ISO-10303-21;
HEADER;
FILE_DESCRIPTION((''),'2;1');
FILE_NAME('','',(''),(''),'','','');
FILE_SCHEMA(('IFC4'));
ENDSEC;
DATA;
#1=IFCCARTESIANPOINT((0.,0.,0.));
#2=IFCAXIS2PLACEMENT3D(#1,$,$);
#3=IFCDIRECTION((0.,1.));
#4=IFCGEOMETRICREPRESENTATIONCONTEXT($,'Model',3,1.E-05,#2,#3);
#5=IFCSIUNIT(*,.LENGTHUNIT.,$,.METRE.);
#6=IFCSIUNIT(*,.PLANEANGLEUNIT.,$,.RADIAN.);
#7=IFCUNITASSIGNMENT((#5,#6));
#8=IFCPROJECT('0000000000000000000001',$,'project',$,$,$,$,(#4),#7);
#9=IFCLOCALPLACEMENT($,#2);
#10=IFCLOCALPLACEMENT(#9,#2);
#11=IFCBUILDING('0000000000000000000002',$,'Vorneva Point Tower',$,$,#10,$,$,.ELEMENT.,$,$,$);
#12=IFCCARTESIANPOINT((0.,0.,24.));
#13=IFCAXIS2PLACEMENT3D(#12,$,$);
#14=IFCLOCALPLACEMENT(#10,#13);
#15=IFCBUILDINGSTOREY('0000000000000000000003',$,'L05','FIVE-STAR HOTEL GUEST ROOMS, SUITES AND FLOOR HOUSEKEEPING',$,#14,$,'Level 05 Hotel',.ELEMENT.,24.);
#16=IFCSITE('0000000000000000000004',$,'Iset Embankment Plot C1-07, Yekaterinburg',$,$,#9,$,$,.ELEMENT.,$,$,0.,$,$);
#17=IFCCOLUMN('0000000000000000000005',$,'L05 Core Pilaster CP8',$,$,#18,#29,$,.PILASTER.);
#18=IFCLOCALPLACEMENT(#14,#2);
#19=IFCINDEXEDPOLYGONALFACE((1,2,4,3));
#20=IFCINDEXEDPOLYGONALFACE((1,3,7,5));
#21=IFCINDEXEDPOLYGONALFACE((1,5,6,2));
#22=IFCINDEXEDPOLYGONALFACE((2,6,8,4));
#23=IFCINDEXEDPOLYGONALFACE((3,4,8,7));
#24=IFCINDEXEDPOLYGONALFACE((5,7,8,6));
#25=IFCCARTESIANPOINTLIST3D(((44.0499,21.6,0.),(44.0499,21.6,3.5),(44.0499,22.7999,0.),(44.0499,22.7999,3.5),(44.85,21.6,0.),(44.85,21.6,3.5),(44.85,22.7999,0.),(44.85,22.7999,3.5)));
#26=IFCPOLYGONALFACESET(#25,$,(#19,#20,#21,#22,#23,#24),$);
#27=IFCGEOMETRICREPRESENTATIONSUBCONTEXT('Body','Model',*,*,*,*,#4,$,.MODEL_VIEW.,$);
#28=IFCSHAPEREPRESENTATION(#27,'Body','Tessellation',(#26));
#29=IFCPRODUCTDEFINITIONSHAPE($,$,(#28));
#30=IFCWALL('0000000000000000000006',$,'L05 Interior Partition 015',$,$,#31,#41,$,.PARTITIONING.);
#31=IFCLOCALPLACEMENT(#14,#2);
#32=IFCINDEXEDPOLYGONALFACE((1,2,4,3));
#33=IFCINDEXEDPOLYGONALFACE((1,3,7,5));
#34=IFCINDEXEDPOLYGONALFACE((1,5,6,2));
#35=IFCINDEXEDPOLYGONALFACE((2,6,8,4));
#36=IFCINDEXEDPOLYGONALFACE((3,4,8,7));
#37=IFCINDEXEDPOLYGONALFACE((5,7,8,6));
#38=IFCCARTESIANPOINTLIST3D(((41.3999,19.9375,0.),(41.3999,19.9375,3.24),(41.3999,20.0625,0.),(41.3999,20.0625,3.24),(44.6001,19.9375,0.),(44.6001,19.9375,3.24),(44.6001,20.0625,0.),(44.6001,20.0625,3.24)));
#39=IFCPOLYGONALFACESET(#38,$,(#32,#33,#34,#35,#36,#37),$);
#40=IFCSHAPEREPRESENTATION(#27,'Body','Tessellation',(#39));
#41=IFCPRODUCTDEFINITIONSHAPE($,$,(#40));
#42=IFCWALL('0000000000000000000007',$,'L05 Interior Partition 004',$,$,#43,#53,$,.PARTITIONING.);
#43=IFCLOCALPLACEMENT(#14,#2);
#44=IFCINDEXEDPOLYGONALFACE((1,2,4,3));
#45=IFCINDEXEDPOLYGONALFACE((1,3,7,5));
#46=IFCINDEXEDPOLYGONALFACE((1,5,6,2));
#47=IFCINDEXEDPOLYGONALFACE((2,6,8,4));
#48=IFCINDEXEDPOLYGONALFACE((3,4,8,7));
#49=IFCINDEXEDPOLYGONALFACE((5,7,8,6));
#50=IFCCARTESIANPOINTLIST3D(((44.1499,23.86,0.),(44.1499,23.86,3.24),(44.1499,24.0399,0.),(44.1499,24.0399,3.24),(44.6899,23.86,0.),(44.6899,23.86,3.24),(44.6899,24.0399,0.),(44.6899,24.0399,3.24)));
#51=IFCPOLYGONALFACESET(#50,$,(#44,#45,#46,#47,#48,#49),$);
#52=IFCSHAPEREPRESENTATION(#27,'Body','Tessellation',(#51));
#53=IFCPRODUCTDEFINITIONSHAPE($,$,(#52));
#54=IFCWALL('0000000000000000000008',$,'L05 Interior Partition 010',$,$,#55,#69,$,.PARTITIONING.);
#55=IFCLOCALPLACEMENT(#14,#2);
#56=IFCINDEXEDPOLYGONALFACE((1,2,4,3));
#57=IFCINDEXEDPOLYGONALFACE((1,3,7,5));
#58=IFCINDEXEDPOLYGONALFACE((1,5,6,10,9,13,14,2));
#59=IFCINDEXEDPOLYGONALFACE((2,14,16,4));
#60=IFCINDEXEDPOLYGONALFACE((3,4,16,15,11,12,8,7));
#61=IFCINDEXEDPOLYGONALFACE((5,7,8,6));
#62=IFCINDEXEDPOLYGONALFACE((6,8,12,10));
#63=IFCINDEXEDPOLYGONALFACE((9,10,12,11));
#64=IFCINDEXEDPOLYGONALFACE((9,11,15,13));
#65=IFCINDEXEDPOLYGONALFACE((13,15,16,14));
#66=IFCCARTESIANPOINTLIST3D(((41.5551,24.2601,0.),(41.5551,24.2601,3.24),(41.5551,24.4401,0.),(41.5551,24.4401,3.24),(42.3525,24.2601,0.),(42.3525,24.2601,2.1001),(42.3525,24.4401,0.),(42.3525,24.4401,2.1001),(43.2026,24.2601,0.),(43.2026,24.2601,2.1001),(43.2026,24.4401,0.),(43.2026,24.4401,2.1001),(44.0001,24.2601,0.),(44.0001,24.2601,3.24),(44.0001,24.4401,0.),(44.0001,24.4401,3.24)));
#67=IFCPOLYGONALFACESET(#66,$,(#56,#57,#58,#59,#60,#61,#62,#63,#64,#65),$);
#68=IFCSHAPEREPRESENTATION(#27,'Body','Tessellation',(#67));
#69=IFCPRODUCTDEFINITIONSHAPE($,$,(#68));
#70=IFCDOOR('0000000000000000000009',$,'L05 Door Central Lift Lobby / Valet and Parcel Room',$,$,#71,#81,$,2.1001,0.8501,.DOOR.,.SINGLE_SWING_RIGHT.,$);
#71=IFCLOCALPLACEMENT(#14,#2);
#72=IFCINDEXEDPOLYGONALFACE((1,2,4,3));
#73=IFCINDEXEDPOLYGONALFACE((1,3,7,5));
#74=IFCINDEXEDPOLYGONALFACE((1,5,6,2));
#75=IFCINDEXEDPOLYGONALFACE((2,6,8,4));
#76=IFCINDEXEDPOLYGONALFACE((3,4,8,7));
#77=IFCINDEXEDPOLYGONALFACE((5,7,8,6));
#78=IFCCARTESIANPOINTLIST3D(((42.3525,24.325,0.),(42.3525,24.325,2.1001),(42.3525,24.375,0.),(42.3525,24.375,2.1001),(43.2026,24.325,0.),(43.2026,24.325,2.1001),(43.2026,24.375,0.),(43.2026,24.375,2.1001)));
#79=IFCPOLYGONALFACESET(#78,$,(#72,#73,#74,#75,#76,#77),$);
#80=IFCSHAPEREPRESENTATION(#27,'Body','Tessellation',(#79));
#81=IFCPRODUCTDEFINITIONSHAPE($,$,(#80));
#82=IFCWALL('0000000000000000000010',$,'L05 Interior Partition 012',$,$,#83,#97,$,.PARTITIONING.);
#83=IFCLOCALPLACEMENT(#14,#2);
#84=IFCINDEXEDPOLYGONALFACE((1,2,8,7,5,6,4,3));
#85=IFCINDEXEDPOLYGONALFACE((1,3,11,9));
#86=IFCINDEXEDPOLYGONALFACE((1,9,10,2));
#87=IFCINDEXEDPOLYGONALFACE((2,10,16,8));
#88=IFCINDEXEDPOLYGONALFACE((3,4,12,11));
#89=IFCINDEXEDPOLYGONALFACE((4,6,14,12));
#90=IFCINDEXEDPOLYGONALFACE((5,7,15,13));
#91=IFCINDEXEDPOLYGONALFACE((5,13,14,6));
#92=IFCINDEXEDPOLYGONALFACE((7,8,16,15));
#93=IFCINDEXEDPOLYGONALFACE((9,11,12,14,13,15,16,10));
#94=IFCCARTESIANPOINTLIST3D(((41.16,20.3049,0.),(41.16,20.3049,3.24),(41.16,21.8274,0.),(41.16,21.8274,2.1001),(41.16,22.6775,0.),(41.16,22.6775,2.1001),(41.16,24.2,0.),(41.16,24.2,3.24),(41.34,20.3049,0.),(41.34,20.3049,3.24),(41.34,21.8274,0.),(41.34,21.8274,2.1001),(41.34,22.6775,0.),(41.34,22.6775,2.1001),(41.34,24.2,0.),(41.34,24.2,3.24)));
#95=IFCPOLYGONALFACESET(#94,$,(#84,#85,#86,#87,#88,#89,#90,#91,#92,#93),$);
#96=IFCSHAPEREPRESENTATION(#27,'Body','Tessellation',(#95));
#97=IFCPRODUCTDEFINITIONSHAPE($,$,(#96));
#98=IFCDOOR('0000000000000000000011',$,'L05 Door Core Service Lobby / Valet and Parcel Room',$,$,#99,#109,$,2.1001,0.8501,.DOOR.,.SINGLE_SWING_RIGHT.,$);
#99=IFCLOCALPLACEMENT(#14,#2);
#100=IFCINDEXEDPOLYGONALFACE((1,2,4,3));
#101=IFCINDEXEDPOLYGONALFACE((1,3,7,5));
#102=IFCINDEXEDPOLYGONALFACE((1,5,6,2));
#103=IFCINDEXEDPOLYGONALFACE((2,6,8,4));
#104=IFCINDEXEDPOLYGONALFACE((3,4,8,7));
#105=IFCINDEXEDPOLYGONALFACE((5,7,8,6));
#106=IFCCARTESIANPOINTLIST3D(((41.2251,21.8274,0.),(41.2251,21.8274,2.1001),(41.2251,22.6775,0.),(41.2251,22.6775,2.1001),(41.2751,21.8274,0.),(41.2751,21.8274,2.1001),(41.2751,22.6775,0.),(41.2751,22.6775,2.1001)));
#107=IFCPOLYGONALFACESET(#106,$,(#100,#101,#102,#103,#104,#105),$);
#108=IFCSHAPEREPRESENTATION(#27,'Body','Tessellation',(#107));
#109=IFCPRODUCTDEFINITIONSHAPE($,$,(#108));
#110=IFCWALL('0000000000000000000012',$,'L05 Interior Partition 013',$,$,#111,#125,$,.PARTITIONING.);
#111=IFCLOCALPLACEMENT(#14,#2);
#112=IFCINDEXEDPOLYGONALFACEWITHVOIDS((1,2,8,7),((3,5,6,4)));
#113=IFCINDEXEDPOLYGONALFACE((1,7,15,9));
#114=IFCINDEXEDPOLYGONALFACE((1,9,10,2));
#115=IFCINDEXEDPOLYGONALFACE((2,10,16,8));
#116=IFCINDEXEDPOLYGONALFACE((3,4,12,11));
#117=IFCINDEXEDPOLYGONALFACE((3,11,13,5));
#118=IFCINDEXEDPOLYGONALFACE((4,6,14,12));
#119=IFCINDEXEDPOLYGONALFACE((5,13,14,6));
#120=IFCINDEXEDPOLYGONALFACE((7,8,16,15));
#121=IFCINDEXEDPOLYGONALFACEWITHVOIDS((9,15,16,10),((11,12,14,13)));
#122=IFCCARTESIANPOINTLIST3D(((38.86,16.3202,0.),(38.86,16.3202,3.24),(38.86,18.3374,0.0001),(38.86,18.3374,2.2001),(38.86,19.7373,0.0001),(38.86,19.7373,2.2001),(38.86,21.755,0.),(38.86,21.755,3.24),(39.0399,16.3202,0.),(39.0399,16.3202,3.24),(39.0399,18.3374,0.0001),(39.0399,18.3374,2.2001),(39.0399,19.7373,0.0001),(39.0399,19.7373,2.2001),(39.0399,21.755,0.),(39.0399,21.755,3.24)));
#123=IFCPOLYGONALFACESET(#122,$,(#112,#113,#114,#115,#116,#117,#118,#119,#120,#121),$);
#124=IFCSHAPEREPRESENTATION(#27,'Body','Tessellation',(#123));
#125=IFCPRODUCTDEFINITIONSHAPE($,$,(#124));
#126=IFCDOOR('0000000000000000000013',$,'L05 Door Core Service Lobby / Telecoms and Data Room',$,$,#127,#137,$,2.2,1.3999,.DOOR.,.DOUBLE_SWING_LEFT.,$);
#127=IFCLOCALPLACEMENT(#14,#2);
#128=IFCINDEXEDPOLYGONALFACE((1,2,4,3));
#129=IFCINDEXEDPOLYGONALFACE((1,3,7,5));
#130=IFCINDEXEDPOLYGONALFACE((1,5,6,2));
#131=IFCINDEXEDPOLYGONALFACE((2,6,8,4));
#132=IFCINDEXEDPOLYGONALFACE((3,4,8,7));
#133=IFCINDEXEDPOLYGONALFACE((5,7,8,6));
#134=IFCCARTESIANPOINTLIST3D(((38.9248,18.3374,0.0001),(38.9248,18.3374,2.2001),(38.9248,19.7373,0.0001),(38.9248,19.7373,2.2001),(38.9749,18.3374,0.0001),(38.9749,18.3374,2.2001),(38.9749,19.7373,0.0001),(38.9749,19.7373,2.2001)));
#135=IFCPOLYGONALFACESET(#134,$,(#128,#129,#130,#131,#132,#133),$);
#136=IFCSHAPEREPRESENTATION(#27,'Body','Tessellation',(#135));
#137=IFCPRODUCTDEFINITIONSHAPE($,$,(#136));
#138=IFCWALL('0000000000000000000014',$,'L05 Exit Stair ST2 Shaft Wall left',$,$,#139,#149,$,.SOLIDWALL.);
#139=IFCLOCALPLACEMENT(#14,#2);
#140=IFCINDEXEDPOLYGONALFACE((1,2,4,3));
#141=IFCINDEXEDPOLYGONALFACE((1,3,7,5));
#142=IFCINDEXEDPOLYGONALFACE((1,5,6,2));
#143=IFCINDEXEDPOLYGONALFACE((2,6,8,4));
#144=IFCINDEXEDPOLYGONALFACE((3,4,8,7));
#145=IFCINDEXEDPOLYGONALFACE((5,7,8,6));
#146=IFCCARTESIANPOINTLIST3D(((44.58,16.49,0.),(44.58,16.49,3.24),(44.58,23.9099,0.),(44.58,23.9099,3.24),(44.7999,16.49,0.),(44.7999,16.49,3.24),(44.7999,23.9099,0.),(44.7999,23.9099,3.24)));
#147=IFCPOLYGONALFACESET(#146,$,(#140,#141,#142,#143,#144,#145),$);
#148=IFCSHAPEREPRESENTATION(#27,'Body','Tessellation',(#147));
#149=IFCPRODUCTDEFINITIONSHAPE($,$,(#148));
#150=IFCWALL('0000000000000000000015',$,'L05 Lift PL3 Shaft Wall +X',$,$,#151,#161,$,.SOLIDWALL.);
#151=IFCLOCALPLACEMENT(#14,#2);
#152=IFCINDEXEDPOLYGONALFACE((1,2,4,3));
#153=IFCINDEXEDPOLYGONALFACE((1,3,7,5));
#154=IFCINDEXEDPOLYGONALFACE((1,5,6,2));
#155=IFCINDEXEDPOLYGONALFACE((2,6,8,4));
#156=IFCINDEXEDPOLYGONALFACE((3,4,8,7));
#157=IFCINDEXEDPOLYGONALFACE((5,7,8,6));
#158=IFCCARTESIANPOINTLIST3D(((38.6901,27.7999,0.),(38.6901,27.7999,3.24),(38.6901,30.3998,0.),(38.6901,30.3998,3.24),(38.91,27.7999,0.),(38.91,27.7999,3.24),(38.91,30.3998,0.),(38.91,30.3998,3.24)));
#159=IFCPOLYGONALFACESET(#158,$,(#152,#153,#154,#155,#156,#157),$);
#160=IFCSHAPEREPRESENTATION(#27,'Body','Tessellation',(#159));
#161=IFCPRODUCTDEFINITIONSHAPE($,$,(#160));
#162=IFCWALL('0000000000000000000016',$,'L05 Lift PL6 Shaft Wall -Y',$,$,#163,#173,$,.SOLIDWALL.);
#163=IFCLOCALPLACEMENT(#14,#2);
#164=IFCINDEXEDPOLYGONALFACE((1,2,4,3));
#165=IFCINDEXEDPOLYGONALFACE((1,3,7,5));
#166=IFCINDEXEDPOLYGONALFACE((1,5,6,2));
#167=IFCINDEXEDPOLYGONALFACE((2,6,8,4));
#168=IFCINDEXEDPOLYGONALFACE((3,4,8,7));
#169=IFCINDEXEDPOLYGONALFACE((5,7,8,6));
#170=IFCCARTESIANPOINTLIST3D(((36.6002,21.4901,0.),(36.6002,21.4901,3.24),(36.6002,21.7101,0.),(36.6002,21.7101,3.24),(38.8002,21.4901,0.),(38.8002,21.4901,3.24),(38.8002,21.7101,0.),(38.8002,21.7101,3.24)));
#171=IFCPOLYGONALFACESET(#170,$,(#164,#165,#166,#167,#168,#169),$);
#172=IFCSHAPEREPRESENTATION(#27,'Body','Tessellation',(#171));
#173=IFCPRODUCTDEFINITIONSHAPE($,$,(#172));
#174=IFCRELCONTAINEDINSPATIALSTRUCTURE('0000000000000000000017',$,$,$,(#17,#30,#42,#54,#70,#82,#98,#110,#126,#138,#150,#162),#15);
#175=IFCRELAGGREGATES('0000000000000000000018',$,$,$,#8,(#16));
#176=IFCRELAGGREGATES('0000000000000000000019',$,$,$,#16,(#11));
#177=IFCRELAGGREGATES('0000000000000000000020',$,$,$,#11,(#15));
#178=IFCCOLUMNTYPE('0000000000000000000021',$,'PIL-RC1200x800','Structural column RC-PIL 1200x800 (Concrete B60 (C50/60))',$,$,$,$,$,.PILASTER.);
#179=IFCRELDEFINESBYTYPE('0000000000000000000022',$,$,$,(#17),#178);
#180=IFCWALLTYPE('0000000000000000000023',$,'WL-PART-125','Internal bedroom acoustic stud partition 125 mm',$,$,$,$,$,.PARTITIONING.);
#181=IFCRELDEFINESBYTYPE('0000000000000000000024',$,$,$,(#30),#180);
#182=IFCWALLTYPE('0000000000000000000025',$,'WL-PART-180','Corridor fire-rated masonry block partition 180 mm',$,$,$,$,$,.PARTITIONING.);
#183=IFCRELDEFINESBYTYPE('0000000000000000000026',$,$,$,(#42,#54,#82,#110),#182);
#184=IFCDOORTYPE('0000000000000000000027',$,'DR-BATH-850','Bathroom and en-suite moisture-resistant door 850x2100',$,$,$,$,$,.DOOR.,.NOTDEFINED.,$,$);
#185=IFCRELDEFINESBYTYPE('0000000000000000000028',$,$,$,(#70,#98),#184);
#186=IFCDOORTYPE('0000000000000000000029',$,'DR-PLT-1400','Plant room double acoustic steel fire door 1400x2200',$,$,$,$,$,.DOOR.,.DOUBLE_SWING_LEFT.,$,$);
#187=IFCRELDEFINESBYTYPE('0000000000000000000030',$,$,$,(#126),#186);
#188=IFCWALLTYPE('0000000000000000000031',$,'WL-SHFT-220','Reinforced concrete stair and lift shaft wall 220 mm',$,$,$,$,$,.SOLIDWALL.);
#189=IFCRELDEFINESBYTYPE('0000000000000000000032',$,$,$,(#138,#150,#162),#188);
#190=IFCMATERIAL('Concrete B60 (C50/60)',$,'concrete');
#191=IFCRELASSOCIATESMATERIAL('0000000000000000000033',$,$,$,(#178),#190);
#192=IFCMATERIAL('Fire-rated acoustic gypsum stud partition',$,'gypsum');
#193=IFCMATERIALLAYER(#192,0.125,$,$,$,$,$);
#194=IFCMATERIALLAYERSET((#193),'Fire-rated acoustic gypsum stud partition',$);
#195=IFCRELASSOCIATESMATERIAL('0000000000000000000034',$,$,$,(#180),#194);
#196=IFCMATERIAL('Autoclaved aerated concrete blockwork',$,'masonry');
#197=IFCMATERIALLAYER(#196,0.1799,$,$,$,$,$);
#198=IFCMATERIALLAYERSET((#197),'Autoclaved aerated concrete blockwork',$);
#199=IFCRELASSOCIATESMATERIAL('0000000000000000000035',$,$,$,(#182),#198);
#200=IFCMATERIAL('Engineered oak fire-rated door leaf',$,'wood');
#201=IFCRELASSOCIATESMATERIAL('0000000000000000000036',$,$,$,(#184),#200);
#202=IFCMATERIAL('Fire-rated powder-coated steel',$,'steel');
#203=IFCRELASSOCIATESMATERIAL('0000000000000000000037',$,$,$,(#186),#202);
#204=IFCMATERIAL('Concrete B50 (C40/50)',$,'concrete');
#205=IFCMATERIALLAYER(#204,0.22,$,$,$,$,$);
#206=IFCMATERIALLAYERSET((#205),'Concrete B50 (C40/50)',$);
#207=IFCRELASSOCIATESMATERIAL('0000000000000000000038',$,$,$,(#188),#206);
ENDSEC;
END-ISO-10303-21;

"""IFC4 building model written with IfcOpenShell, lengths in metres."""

from ifc_helpers import new_model, si_unit, direction, frame, frame_2d, origin, origin_2d, place, context, subcontext, project, spatial, rectangle, extrude, material, layer, layer_set, material_profile, profile_set, type_object, element, fill, save


model = new_model("IFC4")

# Units and contexts
model_context = context("Model", 3, precision=1e-05, world=origin(), true_north=direction((0.0, 1.0)))
body_context = subcontext(model_context, "Body", "Model", "MODEL_VIEW")
ifc_project = project(units=[si_unit("LENGTHUNIT", "METRE"), si_unit("PLANEANGLEUNIT", "RADIAN")], contexts=[model_context])

# Site, building, storey
site_placement = place(None, origin())
site = spatial("IfcSite", under=ifc_project, at=site_placement, Name="Iset Embankment Plot C1-07, Yekaterinburg", CompositionType="ELEMENT", RefElevation=0.0)
building_placement = place(site_placement, origin())
building = spatial("IfcBuilding", under=site, at=building_placement, Name="Vorneva Point Tower", CompositionType="ELEMENT")
storey_placement = place(building_placement, frame((0.0, 0.0, 24.0)))
storey = spatial("IfcBuildingStorey", under=building, at=storey_placement, Name="L05", Description="FIVE-STAR HOTEL GUEST ROOMS, SUITES AND FLOOR HOUSEKEEPING", LongName="Level 05 Hotel", CompositionType="ELEMENT", Elevation=24.0)

# Column
ifc_material_1 = material(Name="Concrete B60 (C50/60)", Category="concrete")
ifc_material_profile = material_profile(ifc_material_1, rectangle(XDim=0.8, YDim=1.2, at=origin_2d()), Name="RC-PIL 1200x800")
ifc_profile_set = profile_set([ifc_material_profile], Name="Concrete B60 (C50/60)")
column_type = type_object("IfcColumnType", Name="PIL-RC1200x800", Description="Structural column RC-PIL 1200x800 (Concrete B60 (C50/60))", PredefinedType="PILASTER", material=ifc_profile_set)
column_placement = place(storey_placement, frame((44.45, 22.2, 0.0), z_axis=(0.0, 0.0, 1.0), x_axis=(1.0, 0.0, 0.0)))
element("IfcColumn", 1, at=column_placement, inside=storey, type_object=column_type, Name="L05 Core Pilaster CP8", PredefinedType="PILASTER", context=body_context, shape_type="SweptSolid", body=[
    extrude(rectangle(XDim=0.8, YDim=1.2, at=origin_2d()), origin(), (0.0, 0.0, 1.0), 3.5),
])

# Walls
ifc_material_2 = material(Name="Fire-rated acoustic gypsum stud partition", Category="gypsum")
ifc_layer_1 = layer(ifc_material_2, 0.125)
ifc_layer_set_1 = layer_set([ifc_layer_1], Name="Fire-rated acoustic gypsum stud partition")
wall_type_1 = type_object("IfcWallType", Name="WL-PART-125", Description="Internal bedroom acoustic stud partition 125 mm", PredefinedType="PARTITIONING", material=ifc_layer_set_1)
wall_1_placement = place(storey_placement, frame((44.6001, 20.0, 0.0), z_axis=(0.0, 0.0, 1.0), x_axis=(-1.0, 0.0, 0.0)))
element("IfcWall", 2, at=wall_1_placement, inside=storey, type_object=wall_type_1, Name="L05 Interior Partition 015", PredefinedType="PARTITIONING", context=body_context, shape_type="SweptSolid", body=[
    extrude(rectangle(XDim=3.2002, YDim=0.125, at=frame_2d((1.6001, 0.0))), origin(), (0.0, 0.0, 1.0), 3.24),
])
ifc_material_3 = material(Name="Autoclaved aerated concrete blockwork", Category="masonry")
ifc_layer_2 = layer(ifc_material_3, 0.1799)
ifc_layer_set_2 = layer_set([ifc_layer_2], Name="Autoclaved aerated concrete blockwork")
wall_type_2 = type_object("IfcWallType", Name="WL-PART-180", Description="Corridor fire-rated masonry block partition 180 mm", PredefinedType="PARTITIONING", material=ifc_layer_set_2)
wall_2_placement = place(storey_placement, frame((44.1499, 23.95, 0.0), z_axis=(0.0, 0.0, 1.0), x_axis=(1.0, 0.0, 0.0)))
element("IfcWall", 3, at=wall_2_placement, inside=storey, type_object=wall_type_2, Name="L05 Interior Partition 004", PredefinedType="PARTITIONING", context=body_context, shape_type="SweptSolid", body=[
    extrude(rectangle(XDim=0.54, YDim=0.1799, at=frame_2d((0.27, 0.0))), origin(), (0.0, 0.0, 1.0), 3.24),
])

# Walls, openings, doors
ifc_material_4 = material(Name="Fire-rated powder-coated steel", Category="steel")
wall_3_placement = place(storey_placement, frame((41.5549, 24.3501, 0.0), z_axis=(0.0, 0.0, 1.0), x_axis=(1.0, 0.0, 0.0)))
wall_3 = element("IfcWall", 4, at=wall_3_placement, inside=storey, type_object=wall_type_2, Name="L05 Interior Partition 010", PredefinedType="PARTITIONING", context=body_context, shape_type="SweptSolid", body=[
    extrude(rectangle(XDim=2.4451, YDim=0.1799, at=frame_2d((1.2227, 0.0))), origin(), (0.0, 0.0, 1.0), 3.24),
])
opening_1_placement = place(wall_3_placement, frame((0.7976, 0.0, 0.0)))
opening_1 = element("IfcOpeningElement", 5, at=opening_1_placement, cuts=wall_3, PredefinedType="OPENING", context=body_context, shape_type="SweptSolid", body=[
    extrude(rectangle(XDim=0.8501, YDim=2.1001, at=frame_2d((0.425, 1.05))), frame((0.0, 0.105, 0.0), z_axis=(0.0, -1.0, 0.0), x_axis=(1.0, 0.0, 0.0)), (0.0, 0.0, 1.0), 0.2097),
])
ifc_material_5 = material(Name="Engineered oak fire-rated door leaf", Category="wood")
door_type_1 = type_object("IfcDoorType", Name="DR-BATH-850", Description="Bathroom and en-suite moisture-resistant door 850x2100", OperationType="NOTDEFINED", PredefinedType="DOOR", material=ifc_material_5)
door_1_placement = place(opening_1_placement, origin())
door_1 = element("IfcDoor", 6, at=door_1_placement, inside=storey, type_object=door_type_1, Name="L05 Door Central Lift Lobby / Valet and Parcel Room", OperationType="SINGLE_SWING_RIGHT", OverallHeight=2.1001, OverallWidth=0.8501, PredefinedType="DOOR", context=body_context, shape_type="SweptSolid", body=[
    extrude(rectangle(XDim=0.8501, YDim=2.1001, at=frame_2d((0.425, 1.05))), frame((0.0, 0.0249, 0.0), z_axis=(0.0, -1.0, 0.0), x_axis=(1.0, 0.0, 0.0)), (0.0, 0.0, 1.0), 0.05),
])
fill(opening_1, door_1)
wall_4_placement = place(storey_placement, frame((41.25, 20.3049, 0.0), z_axis=(0.0, 0.0, 1.0), x_axis=(0.0, 1.0, 0.0)))
wall_4 = element("IfcWall", 7, at=wall_4_placement, inside=storey, type_object=wall_type_2, Name="L05 Interior Partition 012", PredefinedType="PARTITIONING", context=body_context, shape_type="SweptSolid", body=[
    extrude(rectangle(XDim=3.895, YDim=0.1799, at=frame_2d((1.9475, 0.0))), origin(), (0.0, 0.0, 1.0), 3.24),
])
opening_2_placement = place(wall_4_placement, frame((1.5225, 0.0, 0.0)))
opening_2 = element("IfcOpeningElement", 8, at=opening_2_placement, cuts=wall_4, PredefinedType="OPENING", context=body_context, shape_type="SweptSolid", body=[
    extrude(rectangle(XDim=0.8501, YDim=2.1001, at=frame_2d((0.425, 1.05))), frame((0.0, 0.105, 0.0), z_axis=(0.0, -1.0, 0.0), x_axis=(1.0, 0.0, 0.0)), (0.0, 0.0, 1.0), 0.2097),
])
door_2_placement = place(opening_2_placement, origin())
door_2 = element("IfcDoor", 9, at=door_2_placement, inside=storey, type_object=door_type_1, Name="L05 Door Core Service Lobby / Valet and Parcel Room", OperationType="SINGLE_SWING_RIGHT", OverallHeight=2.1001, OverallWidth=0.8501, PredefinedType="DOOR", context=body_context, shape_type="SweptSolid", body=[
    extrude(rectangle(XDim=0.8501, YDim=2.1001, at=frame_2d((0.425, 1.05))), frame((0.0, 0.0249, 0.0), z_axis=(0.0, -1.0, 0.0), x_axis=(1.0, 0.0, 0.0)), (0.0, 0.0, 1.0), 0.05),
])
fill(opening_2, door_2)
wall_5_placement = place(storey_placement, frame((38.95, 21.7549, 0.0), z_axis=(0.0, 0.0, 1.0), x_axis=(0.0, -1.0, 0.0)))
wall_5 = element("IfcWall", 10, at=wall_5_placement, inside=storey, type_object=wall_type_2, Name="L05 Interior Partition 013", PredefinedType="PARTITIONING", context=body_context, shape_type="SweptSolid", body=[
    extrude(rectangle(XDim=5.4348, YDim=0.1799, at=frame_2d((2.7173, 0.0))), origin(), (0.0, 0.0, 1.0), 3.24),
])
opening_3_placement = place(wall_5_placement, frame((2.0176, 0.0, 0.0)))
opening_3 = element("IfcOpeningElement", 11, at=opening_3_placement, cuts=wall_5, PredefinedType="OPENING", context=body_context, shape_type="SweptSolid", body=[
    extrude(rectangle(XDim=1.3999, YDim=2.2, at=frame_2d((0.7, 1.1001))), frame((0.0, 0.105, 0.0), z_axis=(0.0, -1.0, 0.0), x_axis=(1.0, 0.0, 0.0)), (0.0, 0.0, 1.0), 0.2097),
])
door_type_2 = type_object("IfcDoorType", Name="DR-PLT-1400", Description="Plant room double acoustic steel fire door 1400x2200", OperationType="DOUBLE_SWING_LEFT", PredefinedType="DOOR", material=ifc_material_4)
door_3_placement = place(opening_3_placement, origin())
door_3 = element("IfcDoor", 12, at=door_3_placement, inside=storey, type_object=door_type_2, Name="L05 Door Core Service Lobby / Telecoms and Data Room", OperationType="DOUBLE_SWING_LEFT", OverallHeight=2.2, OverallWidth=1.3999, PredefinedType="DOOR", context=body_context, shape_type="SweptSolid", body=[
    extrude(rectangle(XDim=1.3999, YDim=2.2, at=frame_2d((0.7, 1.1001))), frame((0.0, 0.0249, 0.0), z_axis=(0.0, -1.0, 0.0), x_axis=(1.0, 0.0, 0.0)), (0.0, 0.0, 1.0), 0.05),
])
fill(opening_3, door_3)
ifc_material_6 = material(Name="Concrete B50 (C40/50)", Category="concrete")
ifc_layer_3 = layer(ifc_material_6, 0.22)
ifc_layer_set_3 = layer_set([ifc_layer_3], Name="Concrete B50 (C40/50)")
wall_type_3 = type_object("IfcWallType", Name="WL-SHFT-220", Description="Reinforced concrete stair and lift shaft wall 220 mm", PredefinedType="SOLIDWALL", material=ifc_layer_set_3)

# Walls
wall_6_placement = place(storey_placement, frame((44.6899, 16.49, 0.0), z_axis=(0.0, 0.0, 1.0), x_axis=(0.0, 1.0, 0.0)))
element("IfcWall", 13, at=wall_6_placement, inside=storey, type_object=wall_type_3, Name="L05 Exit Stair ST2 Shaft Wall left", PredefinedType="SOLIDWALL", context=body_context, shape_type="SweptSolid", body=[
    extrude(rectangle(XDim=7.4199, YDim=0.22, at=frame_2d((3.71, 0.0))), origin(), (0.0, 0.0, 1.0), 3.24),
])
wall_7_placement = place(storey_placement, frame((38.8, 27.8, 0.0), z_axis=(0.0, 0.0, 1.0), x_axis=(0.0, 1.0, 0.0)))
element("IfcWall", 14, at=wall_7_placement, inside=storey, type_object=wall_type_3, Name="L05 Lift PL3 Shaft Wall +X", PredefinedType="SOLIDWALL", context=body_context, shape_type="SweptSolid", body=[
    extrude(rectangle(XDim=2.5999, YDim=0.22, at=frame_2d((1.2998, 0.0))), origin(), (0.0, 0.0, 1.0), 3.24),
])
wall_8_placement = place(storey_placement, frame((36.6001, 21.6001, 0.0), z_axis=(0.0, 0.0, 1.0), x_axis=(1.0, 0.0, 0.0)))
element("IfcWall", 15, at=wall_8_placement, inside=storey, type_object=wall_type_3, Name="L05 Lift PL6 Shaft Wall -Y", PredefinedType="SOLIDWALL", context=body_context, shape_type="SweptSolid", body=[
    extrude(rectangle(XDim=2.2, YDim=0.22, at=frame_2d((1.1001, 0.0))), origin(), (0.0, 0.0, 1.0), 3.24),
])

save(model, "model.ifc")
